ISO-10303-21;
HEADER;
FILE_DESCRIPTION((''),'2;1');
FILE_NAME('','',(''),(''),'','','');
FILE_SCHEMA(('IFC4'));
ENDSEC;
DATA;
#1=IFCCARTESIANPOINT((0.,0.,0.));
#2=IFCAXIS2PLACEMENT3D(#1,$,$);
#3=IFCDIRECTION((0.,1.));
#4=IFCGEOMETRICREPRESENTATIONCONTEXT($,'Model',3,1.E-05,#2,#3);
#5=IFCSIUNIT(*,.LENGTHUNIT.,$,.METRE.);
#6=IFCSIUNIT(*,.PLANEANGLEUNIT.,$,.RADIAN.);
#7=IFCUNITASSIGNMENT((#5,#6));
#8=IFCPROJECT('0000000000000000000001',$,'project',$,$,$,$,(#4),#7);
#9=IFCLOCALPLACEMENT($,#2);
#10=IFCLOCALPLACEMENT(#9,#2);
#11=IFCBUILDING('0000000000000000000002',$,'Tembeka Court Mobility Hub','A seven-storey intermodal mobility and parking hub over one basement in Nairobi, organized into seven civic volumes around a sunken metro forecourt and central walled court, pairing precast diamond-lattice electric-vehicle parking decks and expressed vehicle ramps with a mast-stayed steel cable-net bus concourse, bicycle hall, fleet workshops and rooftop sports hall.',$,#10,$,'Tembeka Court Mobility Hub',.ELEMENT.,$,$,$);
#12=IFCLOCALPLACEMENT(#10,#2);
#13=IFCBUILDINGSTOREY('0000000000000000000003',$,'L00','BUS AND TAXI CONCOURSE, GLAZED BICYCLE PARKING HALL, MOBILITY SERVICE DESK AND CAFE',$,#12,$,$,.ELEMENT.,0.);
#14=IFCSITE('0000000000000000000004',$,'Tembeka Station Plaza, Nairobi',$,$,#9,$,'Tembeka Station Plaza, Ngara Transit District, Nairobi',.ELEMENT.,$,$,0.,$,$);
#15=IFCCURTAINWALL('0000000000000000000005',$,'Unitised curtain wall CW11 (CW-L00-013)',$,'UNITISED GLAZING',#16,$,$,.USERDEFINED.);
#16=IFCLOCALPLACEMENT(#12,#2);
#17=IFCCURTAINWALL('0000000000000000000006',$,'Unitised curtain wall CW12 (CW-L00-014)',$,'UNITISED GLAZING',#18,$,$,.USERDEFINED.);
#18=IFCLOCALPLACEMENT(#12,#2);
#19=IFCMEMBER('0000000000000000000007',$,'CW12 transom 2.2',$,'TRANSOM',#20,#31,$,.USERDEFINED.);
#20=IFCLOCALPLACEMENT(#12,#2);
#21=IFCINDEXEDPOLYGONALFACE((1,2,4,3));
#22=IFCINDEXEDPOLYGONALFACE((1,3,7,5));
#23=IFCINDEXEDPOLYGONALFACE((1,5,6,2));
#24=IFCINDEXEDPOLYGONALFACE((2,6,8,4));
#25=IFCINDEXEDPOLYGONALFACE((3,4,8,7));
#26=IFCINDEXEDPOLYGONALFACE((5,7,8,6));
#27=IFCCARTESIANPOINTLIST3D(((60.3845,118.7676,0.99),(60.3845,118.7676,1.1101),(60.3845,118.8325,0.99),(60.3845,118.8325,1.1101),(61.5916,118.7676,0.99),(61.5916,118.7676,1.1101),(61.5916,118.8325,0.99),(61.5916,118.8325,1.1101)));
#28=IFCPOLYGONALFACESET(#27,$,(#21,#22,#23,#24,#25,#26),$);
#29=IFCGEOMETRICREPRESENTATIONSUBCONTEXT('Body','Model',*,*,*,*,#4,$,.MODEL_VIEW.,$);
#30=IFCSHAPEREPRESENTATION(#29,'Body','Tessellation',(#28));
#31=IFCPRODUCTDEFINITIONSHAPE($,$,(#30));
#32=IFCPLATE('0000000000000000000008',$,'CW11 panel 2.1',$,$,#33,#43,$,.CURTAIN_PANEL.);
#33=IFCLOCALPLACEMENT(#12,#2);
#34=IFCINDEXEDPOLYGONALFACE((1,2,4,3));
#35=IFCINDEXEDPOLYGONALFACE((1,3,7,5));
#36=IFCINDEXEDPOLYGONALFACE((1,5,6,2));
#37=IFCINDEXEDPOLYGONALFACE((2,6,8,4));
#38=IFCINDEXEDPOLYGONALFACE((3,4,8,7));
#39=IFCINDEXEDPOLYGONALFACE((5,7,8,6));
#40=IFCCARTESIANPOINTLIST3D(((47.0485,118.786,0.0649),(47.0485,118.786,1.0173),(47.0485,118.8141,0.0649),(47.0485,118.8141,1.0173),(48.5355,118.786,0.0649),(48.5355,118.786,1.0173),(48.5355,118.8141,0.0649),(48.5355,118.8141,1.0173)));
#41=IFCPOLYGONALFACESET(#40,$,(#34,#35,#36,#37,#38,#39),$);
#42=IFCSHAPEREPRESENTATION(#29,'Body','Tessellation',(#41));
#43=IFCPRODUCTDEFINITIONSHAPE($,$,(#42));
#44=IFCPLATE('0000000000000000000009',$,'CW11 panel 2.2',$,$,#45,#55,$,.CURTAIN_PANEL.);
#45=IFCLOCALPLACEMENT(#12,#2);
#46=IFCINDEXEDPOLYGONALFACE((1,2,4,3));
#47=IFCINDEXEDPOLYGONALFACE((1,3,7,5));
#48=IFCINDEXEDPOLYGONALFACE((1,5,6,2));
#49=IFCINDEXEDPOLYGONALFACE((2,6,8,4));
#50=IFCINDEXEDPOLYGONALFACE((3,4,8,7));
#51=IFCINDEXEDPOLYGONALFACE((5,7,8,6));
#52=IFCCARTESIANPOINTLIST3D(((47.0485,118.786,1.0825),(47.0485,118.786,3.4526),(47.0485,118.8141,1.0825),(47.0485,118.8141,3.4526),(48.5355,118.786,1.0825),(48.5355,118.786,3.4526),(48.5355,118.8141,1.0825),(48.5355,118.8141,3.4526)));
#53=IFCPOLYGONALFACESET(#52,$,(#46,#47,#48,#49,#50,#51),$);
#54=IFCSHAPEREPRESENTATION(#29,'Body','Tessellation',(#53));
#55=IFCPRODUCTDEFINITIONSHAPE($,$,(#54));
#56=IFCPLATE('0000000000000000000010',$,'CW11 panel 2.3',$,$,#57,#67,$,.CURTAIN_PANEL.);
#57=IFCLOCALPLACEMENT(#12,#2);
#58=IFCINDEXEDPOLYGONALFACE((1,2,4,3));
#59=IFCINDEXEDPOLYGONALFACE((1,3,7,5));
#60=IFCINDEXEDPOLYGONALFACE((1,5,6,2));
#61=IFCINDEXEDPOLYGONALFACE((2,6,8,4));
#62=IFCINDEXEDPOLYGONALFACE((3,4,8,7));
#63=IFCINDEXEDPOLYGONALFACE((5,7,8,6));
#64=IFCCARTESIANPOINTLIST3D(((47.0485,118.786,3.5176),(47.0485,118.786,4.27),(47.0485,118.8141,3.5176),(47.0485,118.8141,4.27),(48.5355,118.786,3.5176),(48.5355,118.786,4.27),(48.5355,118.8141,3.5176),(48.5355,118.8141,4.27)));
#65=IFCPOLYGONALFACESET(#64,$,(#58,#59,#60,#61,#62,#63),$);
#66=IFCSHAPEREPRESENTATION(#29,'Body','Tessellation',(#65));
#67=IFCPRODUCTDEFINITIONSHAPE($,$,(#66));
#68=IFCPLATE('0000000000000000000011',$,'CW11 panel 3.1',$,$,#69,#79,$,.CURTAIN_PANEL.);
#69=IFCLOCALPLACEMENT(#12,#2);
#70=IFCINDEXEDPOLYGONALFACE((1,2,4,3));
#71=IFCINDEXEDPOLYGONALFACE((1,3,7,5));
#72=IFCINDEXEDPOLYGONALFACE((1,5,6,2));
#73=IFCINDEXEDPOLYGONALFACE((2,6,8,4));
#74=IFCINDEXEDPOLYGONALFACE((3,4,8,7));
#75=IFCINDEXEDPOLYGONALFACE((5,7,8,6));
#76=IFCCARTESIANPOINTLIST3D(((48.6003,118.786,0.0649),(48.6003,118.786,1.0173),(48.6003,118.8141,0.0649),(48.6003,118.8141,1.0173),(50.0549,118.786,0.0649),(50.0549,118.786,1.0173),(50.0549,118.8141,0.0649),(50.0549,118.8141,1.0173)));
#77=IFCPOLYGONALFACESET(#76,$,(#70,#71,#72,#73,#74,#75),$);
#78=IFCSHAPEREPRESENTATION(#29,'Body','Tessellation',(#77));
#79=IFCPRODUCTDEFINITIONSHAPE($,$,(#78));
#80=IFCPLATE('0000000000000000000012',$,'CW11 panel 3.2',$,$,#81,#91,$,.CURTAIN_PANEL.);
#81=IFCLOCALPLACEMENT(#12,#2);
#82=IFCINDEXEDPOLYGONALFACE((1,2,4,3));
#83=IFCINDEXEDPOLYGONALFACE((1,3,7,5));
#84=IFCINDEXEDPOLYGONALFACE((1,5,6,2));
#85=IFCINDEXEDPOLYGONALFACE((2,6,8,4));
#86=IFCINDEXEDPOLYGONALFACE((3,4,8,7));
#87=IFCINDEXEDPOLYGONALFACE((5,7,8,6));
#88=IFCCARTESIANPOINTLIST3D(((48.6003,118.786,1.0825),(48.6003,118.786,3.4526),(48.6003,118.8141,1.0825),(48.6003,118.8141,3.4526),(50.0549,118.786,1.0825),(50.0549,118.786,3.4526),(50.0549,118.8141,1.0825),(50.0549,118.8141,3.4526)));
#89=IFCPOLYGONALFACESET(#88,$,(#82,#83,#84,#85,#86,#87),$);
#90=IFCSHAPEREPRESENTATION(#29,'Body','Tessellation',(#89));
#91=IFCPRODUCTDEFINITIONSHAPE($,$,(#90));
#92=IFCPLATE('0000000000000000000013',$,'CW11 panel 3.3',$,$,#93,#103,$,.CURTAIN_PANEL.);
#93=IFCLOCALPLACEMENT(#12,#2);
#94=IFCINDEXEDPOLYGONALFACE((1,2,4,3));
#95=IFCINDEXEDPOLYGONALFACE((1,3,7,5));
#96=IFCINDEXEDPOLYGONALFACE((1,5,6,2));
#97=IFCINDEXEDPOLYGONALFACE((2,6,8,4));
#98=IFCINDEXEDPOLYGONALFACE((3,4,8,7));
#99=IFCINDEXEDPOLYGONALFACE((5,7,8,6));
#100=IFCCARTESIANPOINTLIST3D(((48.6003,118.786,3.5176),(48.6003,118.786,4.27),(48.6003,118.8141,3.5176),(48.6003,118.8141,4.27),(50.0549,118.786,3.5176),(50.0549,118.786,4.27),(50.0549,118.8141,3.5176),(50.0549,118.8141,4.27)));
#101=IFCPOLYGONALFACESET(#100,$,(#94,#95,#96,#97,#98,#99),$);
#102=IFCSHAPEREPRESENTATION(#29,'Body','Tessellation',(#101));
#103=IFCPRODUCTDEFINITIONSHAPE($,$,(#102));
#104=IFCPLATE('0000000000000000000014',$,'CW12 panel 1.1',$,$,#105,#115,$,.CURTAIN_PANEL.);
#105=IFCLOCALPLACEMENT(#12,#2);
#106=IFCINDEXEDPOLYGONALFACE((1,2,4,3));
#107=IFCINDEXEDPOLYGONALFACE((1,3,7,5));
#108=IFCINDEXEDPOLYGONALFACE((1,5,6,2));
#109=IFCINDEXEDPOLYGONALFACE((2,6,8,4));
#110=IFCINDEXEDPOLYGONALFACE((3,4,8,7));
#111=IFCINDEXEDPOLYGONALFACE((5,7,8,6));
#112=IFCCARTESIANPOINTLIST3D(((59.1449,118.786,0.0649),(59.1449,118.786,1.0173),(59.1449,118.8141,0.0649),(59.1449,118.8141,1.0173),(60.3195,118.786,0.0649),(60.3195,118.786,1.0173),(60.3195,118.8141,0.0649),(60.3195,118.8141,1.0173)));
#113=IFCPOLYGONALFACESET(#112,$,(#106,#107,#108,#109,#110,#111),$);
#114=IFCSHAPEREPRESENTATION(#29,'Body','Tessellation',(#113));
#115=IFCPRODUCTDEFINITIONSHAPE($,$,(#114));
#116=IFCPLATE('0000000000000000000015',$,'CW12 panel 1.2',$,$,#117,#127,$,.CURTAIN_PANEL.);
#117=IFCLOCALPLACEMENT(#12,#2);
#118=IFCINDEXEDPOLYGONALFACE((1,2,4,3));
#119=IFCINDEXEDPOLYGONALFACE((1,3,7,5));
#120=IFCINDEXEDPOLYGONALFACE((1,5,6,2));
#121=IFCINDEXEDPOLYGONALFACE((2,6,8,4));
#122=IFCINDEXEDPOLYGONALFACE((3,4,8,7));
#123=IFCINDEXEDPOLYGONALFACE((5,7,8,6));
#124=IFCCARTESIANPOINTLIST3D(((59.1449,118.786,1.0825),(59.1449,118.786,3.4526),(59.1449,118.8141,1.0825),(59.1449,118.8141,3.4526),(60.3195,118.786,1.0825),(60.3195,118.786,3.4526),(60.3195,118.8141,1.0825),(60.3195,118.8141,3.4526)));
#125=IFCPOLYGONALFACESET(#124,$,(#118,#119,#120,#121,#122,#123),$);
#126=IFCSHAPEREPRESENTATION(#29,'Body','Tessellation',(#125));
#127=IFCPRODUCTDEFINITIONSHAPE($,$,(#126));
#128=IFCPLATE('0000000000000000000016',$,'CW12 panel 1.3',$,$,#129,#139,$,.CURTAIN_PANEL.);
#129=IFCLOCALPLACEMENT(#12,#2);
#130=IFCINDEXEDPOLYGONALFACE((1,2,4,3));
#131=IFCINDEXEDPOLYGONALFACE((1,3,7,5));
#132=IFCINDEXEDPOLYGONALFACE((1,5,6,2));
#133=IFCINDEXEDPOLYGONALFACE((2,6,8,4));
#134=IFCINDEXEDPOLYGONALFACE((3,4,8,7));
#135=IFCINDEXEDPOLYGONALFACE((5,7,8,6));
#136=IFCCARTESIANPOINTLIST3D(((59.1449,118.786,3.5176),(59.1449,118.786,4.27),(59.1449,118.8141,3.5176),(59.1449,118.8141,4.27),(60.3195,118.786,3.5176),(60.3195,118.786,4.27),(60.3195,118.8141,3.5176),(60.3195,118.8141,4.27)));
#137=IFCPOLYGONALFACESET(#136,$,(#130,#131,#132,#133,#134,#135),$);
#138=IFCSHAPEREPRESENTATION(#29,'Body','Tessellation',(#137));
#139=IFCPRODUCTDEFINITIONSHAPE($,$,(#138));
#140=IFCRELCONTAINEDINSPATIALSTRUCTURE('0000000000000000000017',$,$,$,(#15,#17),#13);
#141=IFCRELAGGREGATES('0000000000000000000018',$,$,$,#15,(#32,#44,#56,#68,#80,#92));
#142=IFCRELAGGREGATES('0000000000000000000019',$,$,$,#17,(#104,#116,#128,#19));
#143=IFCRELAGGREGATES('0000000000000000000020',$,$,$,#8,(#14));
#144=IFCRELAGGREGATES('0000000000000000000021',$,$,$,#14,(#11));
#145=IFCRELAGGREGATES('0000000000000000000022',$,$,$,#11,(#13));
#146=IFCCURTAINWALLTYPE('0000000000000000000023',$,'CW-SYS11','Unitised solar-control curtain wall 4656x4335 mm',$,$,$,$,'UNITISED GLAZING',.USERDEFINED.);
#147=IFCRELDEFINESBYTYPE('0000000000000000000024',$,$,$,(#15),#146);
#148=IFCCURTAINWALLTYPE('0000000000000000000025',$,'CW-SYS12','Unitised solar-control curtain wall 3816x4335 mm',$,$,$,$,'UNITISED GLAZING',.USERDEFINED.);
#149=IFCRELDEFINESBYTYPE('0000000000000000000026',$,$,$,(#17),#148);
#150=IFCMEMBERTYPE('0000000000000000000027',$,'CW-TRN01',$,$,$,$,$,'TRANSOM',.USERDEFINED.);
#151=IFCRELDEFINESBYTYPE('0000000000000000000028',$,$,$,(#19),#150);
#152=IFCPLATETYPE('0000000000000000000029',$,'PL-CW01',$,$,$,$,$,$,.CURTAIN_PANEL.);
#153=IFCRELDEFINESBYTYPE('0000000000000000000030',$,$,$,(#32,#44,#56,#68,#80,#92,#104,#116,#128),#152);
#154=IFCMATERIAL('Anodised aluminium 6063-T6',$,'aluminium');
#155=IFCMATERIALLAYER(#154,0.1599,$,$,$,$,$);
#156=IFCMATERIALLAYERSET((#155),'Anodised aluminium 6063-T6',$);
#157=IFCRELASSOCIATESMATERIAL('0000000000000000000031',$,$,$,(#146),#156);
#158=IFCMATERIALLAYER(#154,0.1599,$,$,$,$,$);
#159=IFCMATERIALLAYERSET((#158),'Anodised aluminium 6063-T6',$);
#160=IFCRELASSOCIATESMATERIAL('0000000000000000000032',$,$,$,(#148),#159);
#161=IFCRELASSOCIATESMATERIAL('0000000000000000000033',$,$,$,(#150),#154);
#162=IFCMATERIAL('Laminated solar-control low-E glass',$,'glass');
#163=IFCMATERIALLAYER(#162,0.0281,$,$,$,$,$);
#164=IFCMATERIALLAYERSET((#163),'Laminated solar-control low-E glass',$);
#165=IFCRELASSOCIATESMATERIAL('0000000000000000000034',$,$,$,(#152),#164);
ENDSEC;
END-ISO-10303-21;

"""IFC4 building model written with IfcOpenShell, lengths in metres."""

from ifc_helpers import new_model, si_unit, direction, frame, origin, origin_2d, place, context, subcontext, project, spatial, rectangle, extrude, material, layer, layer_set, material_profile, profile_set, type_object, element, aggregate, save


model = new_model("IFC4")

# Units and contexts
model_context = context("Model", 3, precision=1e-05, world=origin(), true_north=direction((0.0, 1.0)))
body_context = subcontext(model_context, "Body", "Model", "MODEL_VIEW")
ifc_project = project(units=[si_unit("LENGTHUNIT", "METRE"), si_unit("PLANEANGLEUNIT", "RADIAN")], contexts=[model_context])

# Site, building, storey
site_placement = place(None, origin())
site = spatial("IfcSite", under=ifc_project, at=site_placement, Name="Tembeka Station Plaza, Nairobi", LongName="Tembeka Station Plaza, Ngara Transit District, Nairobi", CompositionType="ELEMENT", RefElevation=0.0)
building_placement = place(site_placement, origin())
building = spatial("IfcBuilding", under=site, at=building_placement, Name="Tembeka Court Mobility Hub", Description="A seven-storey intermodal mobility and parking hub over one basement in Nairobi, organized into seven civic volumes around a sunken metro forecourt and central walled court, pairing precast diamond-lattice electric-vehicle parking decks and expressed vehicle ramps with a mast-stayed steel cable-net bus concourse, bicycle hall, fleet workshops and rooftop sports hall.", LongName="Tembeka Court Mobility Hub", CompositionType="ELEMENT")
storey_placement = place(building_placement, origin())
storey = spatial("IfcBuildingStorey", under=building, at=storey_placement, Name="L00", Description="BUS AND TAXI CONCOURSE, GLAZED BICYCLE PARKING HALL, MOBILITY SERVICE DESK AND CAFE", CompositionType="ELEMENT", Elevation=0.0)

# Curtain walls
ifc_material_1 = material(Name="Anodised aluminium 6063-T6", Category="aluminium")
ifc_layer_1 = layer(ifc_material_1, 0.1599)
ifc_layer_set_1 = layer_set([ifc_layer_1], Name="Anodised aluminium 6063-T6")
curtain_wall_type_1 = type_object("IfcCurtainWallType", Name="CW-SYS11", Description="Unitised solar-control curtain wall 4656x4335 mm", ElementType="UNITISED GLAZING", PredefinedType="USERDEFINED", material=ifc_layer_set_1)
curtain_wall_1_placement = place(storey_placement, origin())
curtain_wall_1 = element("IfcCurtainWall", 1, at=curtain_wall_1_placement, inside=storey, type_object=curtain_wall_type_1, Name="Unitised curtain wall CW11 (CW-L00-013)", ObjectType="UNITISED GLAZING", PredefinedType="USERDEFINED")
ifc_layer_2 = layer(ifc_material_1, 0.1599)
ifc_layer_set_2 = layer_set([ifc_layer_2], Name="Anodised aluminium 6063-T6")
curtain_wall_type_2 = type_object("IfcCurtainWallType", Name="CW-SYS12", Description="Unitised solar-control curtain wall 3816x4335 mm", ElementType="UNITISED GLAZING", PredefinedType="USERDEFINED", material=ifc_layer_set_2)
curtain_wall_2_placement = place(storey_placement, origin())
curtain_wall_2 = element("IfcCurtainWall", 2, at=curtain_wall_2_placement, inside=storey, type_object=curtain_wall_type_2, Name="Unitised curtain wall CW12 (CW-L00-014)", ObjectType="UNITISED GLAZING", PredefinedType="USERDEFINED")

# Member
ifc_material_profile_1 = material_profile(ifc_material_1, rectangle(XDim=0.0649, YDim=0.1201, at=origin_2d()), Name="ALU-TRN 65x120")
ifc_profile_set_1 = profile_set([ifc_material_profile_1], Name="Anodised aluminium 6063-T6")
member_type_1 = type_object("IfcMemberType", Name="CW-TRN01", ElementType="TRANSOM", PredefinedType="USERDEFINED", material=ifc_profile_set_1)
member_1_placement = place(storey_placement, frame((60.3845, 118.8, 1.05), z_axis=(1.0, 0.0, 0.0), x_axis=(0.0, 1.0, 0.0)))
member_1 = element("IfcMember", 3, at=member_1_placement, type_object=member_type_1, Name="CW12 transom 2.2", ObjectType="TRANSOM", PredefinedType="USERDEFINED", context=body_context, shape_type="SweptSolid", body=[
    extrude(rectangle(XDim=0.0649, YDim=0.1201, at=origin_2d()), origin(), (0.0, 0.0, 1.0), 1.207),
])

# Plates
ifc_material_2 = material(Name="Laminated solar-control low-E glass", Category="glass")
ifc_layer_3 = layer(ifc_material_2, 0.0281)
ifc_layer_set_3 = layer_set([ifc_layer_3], Name="Laminated solar-control low-E glass")
plate_type = type_object("IfcPlateType", Name="PL-CW01", PredefinedType="CURTAIN_PANEL", material=ifc_layer_set_3)
plate_1_placement = place(storey_placement, frame((47.792, 118.8, 0.0649), z_axis=(0.0, 0.0, 1.0), x_axis=(1.0, 0.0, 0.0)))
plate_1 = element("IfcPlate", 4, at=plate_1_placement, type_object=plate_type, Name="CW11 panel 2.1", PredefinedType="CURTAIN_PANEL", context=body_context, shape_type="SweptSolid", body=[
    extrude(rectangle(XDim=1.4871, YDim=0.0281, at=origin_2d()), origin(), (0.0, 0.0, 1.0), 0.9524),
])
plate_2_placement = place(storey_placement, frame((47.792, 118.8, 1.0825), z_axis=(0.0, 0.0, 1.0), x_axis=(1.0, 0.0, 0.0)))
plate_2 = element("IfcPlate", 5, at=plate_2_placement, type_object=plate_type, Name="CW11 panel 2.2", PredefinedType="CURTAIN_PANEL", context=body_context, shape_type="SweptSolid", body=[
    extrude(rectangle(XDim=1.4871, YDim=0.0281, at=origin_2d()), origin(), (0.0, 0.0, 1.0), 2.3701),
])
plate_3_placement = place(storey_placement, frame((47.792, 118.8, 3.5176), z_axis=(0.0, 0.0, 1.0), x_axis=(1.0, 0.0, 0.0)))
plate_3 = element("IfcPlate", 6, at=plate_3_placement, type_object=plate_type, Name="CW11 panel 2.3", PredefinedType="CURTAIN_PANEL", context=body_context, shape_type="SweptSolid", body=[
    extrude(rectangle(XDim=1.4871, YDim=0.0281, at=origin_2d()), origin(), (0.0, 0.0, 1.0), 0.7524),
])
plate_4_placement = place(storey_placement, frame((49.3276, 118.8, 0.0649), z_axis=(0.0, 0.0, 1.0), x_axis=(1.0, 0.0, 0.0)))
plate_4 = element("IfcPlate", 7, at=plate_4_placement, type_object=plate_type, Name="CW11 panel 3.1", PredefinedType="CURTAIN_PANEL", context=body_context, shape_type="SweptSolid", body=[
    extrude(rectangle(XDim=1.4546, YDim=0.0281, at=origin_2d()), origin(), (0.0, 0.0, 1.0), 0.9524),
])
plate_5_placement = place(storey_placement, frame((49.3276, 118.8, 1.0825), z_axis=(0.0, 0.0, 1.0), x_axis=(1.0, 0.0, 0.0)))
plate_5 = element("IfcPlate", 8, at=plate_5_placement, type_object=plate_type, Name="CW11 panel 3.2", PredefinedType="CURTAIN_PANEL", context=body_context, shape_type="SweptSolid", body=[
    extrude(rectangle(XDim=1.4546, YDim=0.0281, at=origin_2d()), origin(), (0.0, 0.0, 1.0), 2.3701),
])
plate_6_placement = place(storey_placement, frame((49.3276, 118.8, 3.5176), z_axis=(0.0, 0.0, 1.0), x_axis=(1.0, 0.0, 0.0)))
plate_6 = element("IfcPlate", 9, at=plate_6_placement, type_object=plate_type, Name="CW11 panel 3.3", PredefinedType="CURTAIN_PANEL", context=body_context, shape_type="SweptSolid", body=[
    extrude(rectangle(XDim=1.4546, YDim=0.0281, at=origin_2d()), origin(), (0.0, 0.0, 1.0), 0.7524),
])
aggregate(curtain_wall_1, [plate_1, plate_2, plate_3, plate_4, plate_5, plate_6])
plate_7_placement = place(storey_placement, frame((59.7322, 118.8, 0.0649), z_axis=(0.0, 0.0, 1.0), x_axis=(1.0, 0.0, 0.0)))
plate_7 = element("IfcPlate", 10, at=plate_7_placement, type_object=plate_type, Name="CW12 panel 1.1", PredefinedType="CURTAIN_PANEL", context=body_context, shape_type="SweptSolid", body=[
    extrude(rectangle(XDim=1.1746, YDim=0.0281, at=origin_2d()), origin(), (0.0, 0.0, 1.0), 0.9524),
])
plate_8_placement = place(storey_placement, frame((59.7322, 118.8, 1.0825), z_axis=(0.0, 0.0, 1.0), x_axis=(1.0, 0.0, 0.0)))
plate_8 = element("IfcPlate", 11, at=plate_8_placement, type_object=plate_type, Name="CW12 panel 1.2", PredefinedType="CURTAIN_PANEL", context=body_context, shape_type="SweptSolid", body=[
    extrude(rectangle(XDim=1.1746, YDim=0.0281, at=origin_2d()), origin(), (0.0, 0.0, 1.0), 2.3701),
])
plate_9_placement = place(storey_placement, frame((59.7322, 118.8, 3.5176), z_axis=(0.0, 0.0, 1.0), x_axis=(1.0, 0.0, 0.0)))
plate_9 = element("IfcPlate", 12, at=plate_9_placement, type_object=plate_type, Name="CW12 panel 1.3", PredefinedType="CURTAIN_PANEL", context=body_context, shape_type="SweptSolid", body=[
    extrude(rectangle(XDim=1.1746, YDim=0.0281, at=origin_2d()), origin(), (0.0, 0.0, 1.0), 0.7524),
])
aggregate(curtain_wall_2, [plate_7, plate_8, plate_9, member_1])

save(model, "model.ifc")
